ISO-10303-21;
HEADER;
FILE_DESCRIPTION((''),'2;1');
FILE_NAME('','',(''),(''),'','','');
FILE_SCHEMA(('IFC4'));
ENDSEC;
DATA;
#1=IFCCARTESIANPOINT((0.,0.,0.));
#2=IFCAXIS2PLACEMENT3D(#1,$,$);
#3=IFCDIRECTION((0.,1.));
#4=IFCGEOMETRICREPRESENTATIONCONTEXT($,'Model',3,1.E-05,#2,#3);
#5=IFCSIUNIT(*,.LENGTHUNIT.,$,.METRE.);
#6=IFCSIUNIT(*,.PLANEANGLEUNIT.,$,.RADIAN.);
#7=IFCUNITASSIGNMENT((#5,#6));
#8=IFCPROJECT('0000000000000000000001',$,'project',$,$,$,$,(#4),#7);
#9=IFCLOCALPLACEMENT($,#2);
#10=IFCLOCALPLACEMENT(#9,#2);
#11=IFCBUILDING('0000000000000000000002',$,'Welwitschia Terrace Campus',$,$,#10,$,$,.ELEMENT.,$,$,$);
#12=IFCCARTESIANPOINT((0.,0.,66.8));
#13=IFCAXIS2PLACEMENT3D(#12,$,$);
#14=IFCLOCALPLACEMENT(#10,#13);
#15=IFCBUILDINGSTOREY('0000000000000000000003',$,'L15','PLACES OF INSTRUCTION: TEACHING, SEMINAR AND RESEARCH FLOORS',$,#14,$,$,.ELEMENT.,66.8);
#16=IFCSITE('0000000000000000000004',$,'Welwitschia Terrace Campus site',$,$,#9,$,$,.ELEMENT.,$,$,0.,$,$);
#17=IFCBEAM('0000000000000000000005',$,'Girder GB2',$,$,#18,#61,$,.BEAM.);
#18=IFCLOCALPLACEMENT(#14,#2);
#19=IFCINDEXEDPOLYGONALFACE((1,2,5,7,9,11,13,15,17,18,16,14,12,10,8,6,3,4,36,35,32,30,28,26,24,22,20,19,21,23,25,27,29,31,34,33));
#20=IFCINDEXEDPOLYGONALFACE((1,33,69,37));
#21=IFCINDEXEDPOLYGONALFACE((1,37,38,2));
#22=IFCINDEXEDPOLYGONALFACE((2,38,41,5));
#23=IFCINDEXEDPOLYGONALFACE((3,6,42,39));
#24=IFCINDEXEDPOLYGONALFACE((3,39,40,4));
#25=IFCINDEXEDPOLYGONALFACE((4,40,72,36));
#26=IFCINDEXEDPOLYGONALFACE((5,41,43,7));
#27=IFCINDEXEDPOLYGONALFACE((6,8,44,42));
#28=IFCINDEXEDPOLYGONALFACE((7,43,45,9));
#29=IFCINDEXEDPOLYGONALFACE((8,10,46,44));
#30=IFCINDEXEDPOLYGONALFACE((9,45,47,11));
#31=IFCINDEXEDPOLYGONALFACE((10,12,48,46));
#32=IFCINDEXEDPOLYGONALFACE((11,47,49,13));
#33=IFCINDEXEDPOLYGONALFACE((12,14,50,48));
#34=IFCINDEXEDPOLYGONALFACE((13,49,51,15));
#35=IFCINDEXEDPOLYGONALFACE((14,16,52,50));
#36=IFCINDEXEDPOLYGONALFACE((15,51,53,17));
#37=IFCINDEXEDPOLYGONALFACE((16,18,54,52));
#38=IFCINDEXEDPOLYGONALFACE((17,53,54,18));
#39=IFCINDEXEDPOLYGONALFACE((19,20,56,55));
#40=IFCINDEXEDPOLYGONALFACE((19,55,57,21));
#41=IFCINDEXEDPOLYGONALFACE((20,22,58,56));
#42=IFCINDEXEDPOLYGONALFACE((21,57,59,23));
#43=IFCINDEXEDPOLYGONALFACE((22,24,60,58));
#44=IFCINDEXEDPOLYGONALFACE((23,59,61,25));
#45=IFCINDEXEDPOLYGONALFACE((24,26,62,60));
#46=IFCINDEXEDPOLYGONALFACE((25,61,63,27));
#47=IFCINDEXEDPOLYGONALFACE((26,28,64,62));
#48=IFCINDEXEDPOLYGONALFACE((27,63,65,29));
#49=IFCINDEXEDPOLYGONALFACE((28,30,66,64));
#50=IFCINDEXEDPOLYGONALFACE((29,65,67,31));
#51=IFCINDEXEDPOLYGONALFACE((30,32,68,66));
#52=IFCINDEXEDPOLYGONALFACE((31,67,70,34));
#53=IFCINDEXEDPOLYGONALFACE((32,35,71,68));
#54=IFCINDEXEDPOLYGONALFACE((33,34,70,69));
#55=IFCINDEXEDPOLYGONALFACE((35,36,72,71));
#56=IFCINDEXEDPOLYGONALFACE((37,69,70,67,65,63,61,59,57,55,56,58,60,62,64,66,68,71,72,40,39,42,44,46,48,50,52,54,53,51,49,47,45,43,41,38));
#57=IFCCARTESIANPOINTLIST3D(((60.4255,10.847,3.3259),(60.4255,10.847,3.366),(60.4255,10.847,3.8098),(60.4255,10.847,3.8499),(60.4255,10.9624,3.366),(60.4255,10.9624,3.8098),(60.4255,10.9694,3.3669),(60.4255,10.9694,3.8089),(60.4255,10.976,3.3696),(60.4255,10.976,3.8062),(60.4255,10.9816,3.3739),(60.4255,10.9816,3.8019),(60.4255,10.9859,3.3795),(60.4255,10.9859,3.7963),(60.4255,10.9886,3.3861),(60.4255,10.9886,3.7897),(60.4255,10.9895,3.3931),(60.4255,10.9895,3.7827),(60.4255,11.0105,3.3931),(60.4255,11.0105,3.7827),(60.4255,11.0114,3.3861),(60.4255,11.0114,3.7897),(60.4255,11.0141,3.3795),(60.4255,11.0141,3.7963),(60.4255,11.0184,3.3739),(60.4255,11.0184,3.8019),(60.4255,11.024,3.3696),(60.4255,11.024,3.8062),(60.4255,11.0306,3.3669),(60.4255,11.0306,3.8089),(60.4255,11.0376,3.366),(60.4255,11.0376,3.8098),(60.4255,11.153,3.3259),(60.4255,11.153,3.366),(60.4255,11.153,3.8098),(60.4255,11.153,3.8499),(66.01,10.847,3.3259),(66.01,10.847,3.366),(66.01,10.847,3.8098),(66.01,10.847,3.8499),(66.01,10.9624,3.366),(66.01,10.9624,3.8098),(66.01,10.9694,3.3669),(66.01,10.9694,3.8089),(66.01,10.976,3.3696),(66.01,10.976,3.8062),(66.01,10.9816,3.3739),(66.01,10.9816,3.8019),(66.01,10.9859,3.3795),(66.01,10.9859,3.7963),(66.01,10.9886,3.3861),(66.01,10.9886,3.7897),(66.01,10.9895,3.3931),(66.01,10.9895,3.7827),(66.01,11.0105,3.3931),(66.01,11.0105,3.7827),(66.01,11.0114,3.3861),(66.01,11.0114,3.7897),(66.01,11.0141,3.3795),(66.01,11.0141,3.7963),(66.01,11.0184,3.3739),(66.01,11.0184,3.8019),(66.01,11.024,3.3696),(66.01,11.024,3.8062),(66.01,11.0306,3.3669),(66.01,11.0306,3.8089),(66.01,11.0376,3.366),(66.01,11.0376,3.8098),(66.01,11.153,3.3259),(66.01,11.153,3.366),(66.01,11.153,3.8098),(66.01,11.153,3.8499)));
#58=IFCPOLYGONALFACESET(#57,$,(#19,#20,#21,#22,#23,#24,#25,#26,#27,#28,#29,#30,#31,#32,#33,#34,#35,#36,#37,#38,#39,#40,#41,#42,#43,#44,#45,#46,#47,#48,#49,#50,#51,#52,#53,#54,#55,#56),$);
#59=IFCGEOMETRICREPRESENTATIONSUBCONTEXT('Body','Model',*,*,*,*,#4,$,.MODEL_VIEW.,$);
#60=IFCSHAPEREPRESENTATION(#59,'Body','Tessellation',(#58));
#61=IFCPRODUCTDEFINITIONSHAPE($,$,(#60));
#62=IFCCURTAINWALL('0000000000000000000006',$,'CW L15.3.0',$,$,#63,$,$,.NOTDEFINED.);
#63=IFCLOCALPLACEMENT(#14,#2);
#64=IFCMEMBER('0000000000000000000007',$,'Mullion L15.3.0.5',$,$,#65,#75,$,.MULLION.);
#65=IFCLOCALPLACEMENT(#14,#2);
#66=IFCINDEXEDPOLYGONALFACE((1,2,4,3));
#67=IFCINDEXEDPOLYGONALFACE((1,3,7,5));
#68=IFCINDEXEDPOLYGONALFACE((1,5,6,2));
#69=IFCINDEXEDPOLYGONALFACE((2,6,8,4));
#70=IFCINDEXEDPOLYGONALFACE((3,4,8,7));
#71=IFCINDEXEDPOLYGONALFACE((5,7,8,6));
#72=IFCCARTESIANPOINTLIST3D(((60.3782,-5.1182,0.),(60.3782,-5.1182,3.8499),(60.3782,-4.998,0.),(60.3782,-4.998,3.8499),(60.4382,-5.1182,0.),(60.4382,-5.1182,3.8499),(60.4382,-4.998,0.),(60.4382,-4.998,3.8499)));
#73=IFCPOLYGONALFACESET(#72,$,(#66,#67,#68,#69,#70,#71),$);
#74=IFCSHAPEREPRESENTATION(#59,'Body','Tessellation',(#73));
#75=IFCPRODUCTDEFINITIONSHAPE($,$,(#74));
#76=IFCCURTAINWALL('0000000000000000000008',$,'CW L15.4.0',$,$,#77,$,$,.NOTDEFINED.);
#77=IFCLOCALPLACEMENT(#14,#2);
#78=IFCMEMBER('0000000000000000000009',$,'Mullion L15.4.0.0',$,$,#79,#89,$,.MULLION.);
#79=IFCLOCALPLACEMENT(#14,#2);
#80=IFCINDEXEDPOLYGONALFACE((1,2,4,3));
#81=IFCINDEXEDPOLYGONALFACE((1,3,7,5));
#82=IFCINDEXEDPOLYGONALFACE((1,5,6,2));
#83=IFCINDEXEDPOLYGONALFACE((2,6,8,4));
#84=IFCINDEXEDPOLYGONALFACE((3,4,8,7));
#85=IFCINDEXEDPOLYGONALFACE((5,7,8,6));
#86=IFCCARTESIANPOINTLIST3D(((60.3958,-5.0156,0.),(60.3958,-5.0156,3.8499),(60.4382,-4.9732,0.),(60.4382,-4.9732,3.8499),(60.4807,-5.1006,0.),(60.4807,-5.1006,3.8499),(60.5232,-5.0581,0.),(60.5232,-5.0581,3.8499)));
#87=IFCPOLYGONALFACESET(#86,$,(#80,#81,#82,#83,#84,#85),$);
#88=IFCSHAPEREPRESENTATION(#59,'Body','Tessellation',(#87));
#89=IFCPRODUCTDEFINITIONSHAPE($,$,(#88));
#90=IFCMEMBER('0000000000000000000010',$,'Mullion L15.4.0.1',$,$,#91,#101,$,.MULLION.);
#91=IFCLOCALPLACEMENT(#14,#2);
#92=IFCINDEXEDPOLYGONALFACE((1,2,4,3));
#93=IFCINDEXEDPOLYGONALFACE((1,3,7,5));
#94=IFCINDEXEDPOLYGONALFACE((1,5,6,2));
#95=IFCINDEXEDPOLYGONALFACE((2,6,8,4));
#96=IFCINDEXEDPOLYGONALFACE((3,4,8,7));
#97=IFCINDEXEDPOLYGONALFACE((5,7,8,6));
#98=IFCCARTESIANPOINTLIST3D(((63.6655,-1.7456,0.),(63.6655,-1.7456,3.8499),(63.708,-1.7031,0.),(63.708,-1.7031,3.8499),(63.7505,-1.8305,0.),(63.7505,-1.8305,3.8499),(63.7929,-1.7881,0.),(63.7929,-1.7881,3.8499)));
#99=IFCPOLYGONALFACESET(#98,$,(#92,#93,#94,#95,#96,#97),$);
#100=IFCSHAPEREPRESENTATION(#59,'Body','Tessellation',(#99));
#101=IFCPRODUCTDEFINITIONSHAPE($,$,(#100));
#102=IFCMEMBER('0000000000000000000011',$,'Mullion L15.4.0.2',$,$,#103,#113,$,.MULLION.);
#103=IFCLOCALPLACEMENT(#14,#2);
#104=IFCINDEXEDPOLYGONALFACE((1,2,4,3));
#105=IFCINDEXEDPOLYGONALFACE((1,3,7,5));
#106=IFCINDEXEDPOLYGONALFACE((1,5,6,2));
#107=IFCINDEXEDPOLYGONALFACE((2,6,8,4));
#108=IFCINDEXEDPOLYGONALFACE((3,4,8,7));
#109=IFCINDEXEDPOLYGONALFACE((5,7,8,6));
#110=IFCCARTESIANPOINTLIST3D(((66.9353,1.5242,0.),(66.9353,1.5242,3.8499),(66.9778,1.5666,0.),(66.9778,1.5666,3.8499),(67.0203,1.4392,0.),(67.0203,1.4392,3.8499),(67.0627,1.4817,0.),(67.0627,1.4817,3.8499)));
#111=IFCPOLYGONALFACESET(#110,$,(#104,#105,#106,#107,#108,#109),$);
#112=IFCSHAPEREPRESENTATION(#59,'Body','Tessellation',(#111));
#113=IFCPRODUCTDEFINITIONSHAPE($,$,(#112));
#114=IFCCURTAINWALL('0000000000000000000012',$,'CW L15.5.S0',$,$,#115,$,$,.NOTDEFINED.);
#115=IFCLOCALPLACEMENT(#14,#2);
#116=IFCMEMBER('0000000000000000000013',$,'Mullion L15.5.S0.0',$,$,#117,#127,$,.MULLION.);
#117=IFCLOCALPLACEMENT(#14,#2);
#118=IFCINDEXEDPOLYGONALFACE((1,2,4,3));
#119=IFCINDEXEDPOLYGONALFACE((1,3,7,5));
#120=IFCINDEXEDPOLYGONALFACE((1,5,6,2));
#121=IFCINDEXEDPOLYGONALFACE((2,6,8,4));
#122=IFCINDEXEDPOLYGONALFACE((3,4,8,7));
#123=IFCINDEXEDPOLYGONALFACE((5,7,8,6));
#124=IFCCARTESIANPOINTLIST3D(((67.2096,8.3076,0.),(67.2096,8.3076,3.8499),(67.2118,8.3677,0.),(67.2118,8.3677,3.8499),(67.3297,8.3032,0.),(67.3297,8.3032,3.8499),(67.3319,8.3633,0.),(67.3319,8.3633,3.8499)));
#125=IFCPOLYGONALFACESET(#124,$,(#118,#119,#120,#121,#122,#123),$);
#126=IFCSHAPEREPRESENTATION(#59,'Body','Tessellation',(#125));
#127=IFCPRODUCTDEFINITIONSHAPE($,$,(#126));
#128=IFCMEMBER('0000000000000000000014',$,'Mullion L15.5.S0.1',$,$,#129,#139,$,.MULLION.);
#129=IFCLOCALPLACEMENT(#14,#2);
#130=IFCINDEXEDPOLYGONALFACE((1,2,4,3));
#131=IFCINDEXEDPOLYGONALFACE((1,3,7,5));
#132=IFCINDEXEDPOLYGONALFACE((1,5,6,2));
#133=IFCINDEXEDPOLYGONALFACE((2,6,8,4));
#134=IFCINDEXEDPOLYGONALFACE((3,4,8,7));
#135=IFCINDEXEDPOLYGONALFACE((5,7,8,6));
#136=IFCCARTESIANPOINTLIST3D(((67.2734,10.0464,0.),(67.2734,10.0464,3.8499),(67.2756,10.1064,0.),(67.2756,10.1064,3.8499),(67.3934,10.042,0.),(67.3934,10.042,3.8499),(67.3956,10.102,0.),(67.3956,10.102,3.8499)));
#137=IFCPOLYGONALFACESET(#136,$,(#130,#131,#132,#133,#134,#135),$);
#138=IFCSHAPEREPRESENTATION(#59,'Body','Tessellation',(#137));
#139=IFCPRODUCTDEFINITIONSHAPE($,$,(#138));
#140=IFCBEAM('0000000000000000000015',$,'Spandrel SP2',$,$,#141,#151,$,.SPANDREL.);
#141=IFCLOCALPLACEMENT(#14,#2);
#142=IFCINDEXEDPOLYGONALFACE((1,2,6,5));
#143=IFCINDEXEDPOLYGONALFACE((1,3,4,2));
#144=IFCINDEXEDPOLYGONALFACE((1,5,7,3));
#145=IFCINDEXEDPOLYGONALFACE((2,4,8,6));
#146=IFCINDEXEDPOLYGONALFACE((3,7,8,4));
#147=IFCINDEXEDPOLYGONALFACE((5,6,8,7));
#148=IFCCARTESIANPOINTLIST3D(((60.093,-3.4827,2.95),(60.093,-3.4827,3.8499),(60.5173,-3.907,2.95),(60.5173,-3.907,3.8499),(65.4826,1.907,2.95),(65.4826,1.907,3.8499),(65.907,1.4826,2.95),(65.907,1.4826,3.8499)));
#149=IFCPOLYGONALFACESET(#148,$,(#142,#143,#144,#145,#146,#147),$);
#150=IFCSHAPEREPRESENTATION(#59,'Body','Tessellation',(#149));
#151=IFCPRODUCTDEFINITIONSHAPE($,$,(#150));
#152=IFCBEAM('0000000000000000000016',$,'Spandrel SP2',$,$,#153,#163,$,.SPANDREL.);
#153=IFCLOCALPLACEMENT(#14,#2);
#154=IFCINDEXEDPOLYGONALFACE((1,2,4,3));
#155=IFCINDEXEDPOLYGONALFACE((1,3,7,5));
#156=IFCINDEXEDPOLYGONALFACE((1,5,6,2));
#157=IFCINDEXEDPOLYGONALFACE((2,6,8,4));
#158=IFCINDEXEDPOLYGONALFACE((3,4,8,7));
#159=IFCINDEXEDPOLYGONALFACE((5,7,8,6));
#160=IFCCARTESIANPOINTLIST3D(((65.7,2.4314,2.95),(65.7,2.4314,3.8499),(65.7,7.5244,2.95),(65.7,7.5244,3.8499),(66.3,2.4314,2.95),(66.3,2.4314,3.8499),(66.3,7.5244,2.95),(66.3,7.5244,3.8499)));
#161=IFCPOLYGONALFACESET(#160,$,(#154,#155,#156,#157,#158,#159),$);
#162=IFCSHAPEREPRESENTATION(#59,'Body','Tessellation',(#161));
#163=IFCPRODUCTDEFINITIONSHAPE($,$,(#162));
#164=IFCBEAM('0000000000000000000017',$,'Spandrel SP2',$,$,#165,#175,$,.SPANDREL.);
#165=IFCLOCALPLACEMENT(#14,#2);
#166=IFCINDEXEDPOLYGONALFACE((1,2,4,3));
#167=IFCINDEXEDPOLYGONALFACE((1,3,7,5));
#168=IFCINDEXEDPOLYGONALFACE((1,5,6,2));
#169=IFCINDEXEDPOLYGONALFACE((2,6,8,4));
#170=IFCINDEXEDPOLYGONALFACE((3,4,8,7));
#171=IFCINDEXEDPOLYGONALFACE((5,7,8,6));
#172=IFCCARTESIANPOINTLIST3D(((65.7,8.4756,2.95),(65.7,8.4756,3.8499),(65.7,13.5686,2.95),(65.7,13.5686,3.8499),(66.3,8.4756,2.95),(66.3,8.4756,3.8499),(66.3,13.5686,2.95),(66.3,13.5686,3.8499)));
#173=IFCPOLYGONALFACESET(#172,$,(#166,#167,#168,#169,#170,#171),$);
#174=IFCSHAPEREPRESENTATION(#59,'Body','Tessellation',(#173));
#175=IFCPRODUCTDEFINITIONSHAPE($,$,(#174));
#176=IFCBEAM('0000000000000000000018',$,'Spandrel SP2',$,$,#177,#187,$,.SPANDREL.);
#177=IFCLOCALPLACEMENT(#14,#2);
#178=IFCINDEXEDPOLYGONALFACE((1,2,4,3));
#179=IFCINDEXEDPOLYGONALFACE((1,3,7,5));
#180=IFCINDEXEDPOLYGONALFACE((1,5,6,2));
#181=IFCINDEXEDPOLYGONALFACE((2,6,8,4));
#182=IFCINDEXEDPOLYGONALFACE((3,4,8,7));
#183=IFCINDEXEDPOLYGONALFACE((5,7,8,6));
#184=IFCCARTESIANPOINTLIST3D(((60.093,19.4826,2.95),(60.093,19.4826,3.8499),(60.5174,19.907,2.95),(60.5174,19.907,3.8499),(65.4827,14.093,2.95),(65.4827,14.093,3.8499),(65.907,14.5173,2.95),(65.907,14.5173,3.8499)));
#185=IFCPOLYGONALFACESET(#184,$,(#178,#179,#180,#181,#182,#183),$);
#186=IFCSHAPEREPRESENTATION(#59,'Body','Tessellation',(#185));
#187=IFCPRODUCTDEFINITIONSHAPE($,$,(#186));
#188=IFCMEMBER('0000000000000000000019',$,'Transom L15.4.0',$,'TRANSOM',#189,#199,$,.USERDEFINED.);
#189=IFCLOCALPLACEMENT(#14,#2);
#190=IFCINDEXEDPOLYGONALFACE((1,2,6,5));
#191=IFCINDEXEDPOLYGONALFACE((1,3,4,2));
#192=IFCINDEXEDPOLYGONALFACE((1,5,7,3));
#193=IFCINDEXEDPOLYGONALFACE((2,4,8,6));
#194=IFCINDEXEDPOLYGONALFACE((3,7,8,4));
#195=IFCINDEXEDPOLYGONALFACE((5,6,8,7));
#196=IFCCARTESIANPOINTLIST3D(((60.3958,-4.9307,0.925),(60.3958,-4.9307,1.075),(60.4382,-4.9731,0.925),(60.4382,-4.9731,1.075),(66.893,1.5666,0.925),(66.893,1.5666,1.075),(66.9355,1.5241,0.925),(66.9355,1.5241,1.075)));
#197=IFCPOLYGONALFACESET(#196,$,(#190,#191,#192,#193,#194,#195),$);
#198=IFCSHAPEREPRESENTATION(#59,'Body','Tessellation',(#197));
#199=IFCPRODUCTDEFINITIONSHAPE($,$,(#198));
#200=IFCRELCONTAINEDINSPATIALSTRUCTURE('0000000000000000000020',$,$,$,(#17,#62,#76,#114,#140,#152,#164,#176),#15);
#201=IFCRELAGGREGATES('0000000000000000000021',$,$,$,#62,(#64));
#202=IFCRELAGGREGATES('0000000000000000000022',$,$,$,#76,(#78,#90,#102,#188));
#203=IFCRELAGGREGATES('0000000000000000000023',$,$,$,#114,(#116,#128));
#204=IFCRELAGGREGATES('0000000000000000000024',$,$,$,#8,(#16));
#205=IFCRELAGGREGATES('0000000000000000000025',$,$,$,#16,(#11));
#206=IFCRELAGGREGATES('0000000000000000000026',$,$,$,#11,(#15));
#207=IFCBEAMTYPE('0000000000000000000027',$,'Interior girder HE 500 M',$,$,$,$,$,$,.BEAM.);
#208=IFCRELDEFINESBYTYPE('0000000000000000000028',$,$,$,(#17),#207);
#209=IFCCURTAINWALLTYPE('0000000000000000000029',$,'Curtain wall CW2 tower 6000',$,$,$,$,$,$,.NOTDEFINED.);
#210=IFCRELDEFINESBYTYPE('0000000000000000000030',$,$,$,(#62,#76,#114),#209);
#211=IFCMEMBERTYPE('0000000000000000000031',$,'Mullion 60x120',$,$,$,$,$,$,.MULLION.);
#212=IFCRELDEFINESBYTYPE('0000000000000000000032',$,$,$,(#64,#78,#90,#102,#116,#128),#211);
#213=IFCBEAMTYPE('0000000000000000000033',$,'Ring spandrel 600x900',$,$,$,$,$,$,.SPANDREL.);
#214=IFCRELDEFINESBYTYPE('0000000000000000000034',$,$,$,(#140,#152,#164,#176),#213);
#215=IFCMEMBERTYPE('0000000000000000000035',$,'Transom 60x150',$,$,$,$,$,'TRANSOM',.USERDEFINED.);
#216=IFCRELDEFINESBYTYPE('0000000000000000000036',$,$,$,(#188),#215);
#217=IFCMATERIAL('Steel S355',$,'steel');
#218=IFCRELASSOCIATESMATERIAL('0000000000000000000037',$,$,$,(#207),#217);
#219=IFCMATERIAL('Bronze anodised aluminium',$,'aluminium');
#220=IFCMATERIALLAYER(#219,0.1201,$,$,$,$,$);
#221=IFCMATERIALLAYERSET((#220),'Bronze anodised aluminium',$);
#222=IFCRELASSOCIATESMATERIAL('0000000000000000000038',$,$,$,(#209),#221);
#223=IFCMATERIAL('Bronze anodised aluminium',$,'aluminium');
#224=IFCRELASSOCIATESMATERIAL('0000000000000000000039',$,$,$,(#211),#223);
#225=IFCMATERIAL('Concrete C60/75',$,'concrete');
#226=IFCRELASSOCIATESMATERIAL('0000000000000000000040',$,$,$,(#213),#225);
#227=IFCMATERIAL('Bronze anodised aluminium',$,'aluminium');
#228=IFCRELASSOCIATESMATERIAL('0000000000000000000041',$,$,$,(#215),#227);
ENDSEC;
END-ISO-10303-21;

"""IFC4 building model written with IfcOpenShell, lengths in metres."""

from ifc_helpers import new_model, si_unit, direction, frame, origin, origin_2d, place, context, subcontext, project, spatial, rectangle, i_section, extrude, material, layer, layer_set, material_profile, profile_set, type_object, element, aggregate, save


model = new_model("IFC4")

# Units and contexts
model_context = context("Model", 3, precision=1e-05, world=origin(), true_north=direction((0.0, 1.0)))
body_context = subcontext(model_context, "Body", "Model", "MODEL_VIEW")
ifc_project = project(units=[si_unit("LENGTHUNIT", "METRE"), si_unit("PLANEANGLEUNIT", "RADIAN")], contexts=[model_context])

# Site, building, storey
site_placement = place(None, origin())
site = spatial("IfcSite", under=ifc_project, at=site_placement, Name="Welwitschia Terrace Campus site", CompositionType="ELEMENT", RefElevation=0.0)
building_placement = place(site_placement, origin())
building = spatial("IfcBuilding", under=site, at=building_placement, Name="Welwitschia Terrace Campus", CompositionType="ELEMENT")
storey_placement = place(building_placement, frame((0.0, 0.0, 66.8)))
storey = spatial("IfcBuildingStorey", under=building, at=storey_placement, Name="L15", Description="PLACES OF INSTRUCTION: TEACHING, SEMINAR AND RESEARCH FLOORS", CompositionType="ELEMENT", Elevation=66.8)

# Beam
ifc_material_1 = material(Name="Steel S355", Category="steel")
ifc_material_profile_1 = material_profile(ifc_material_1, i_section(OverallWidth=0.3059, OverallDepth=0.5239, WebThickness=0.021, FlangeThickness=0.04, FilletRadius=0.0271, at=origin_2d()))
ifc_profile_set_1 = profile_set([ifc_material_profile_1], Name="Steel S355")
beam_type_1 = type_object("IfcBeamType", Name="Interior girder HE 500 M", PredefinedType="BEAM", material=ifc_profile_set_1)
for number, where, z_axis, x_axis, name in (
    (1, (60.4255, 11.0, 3.5879), (1.0, 0.0, 0.0), (0.0, 1.0, 0.0), "Girder GB2"),
):
    element("IfcBeam", number, at=place(storey_placement, frame(where, z_axis=z_axis, x_axis=x_axis)), inside=storey, type_object=beam_type_1, Name=name, PredefinedType="BEAM", context=body_context, shape_type="SweptSolid", body=[
        extrude(i_section(OverallWidth=0.3059, OverallDepth=0.5239, WebThickness=0.021, FlangeThickness=0.04, FilletRadius=0.0271, at=origin_2d()), origin(), (0.0, 0.0, 1.0), 5.5845),
    ])

# Curtain wall, member
ifc_material_2 = material(Name="Bronze anodised aluminium", Category="aluminium")
ifc_layer_1 = layer(ifc_material_2, 0.1201)
ifc_layer_set_1 = layer_set([ifc_layer_1], Name="Bronze anodised aluminium")
curtain_wall_type = type_object("IfcCurtainWallType", Name="Curtain wall CW2 tower 6000", PredefinedType="NOTDEFINED", material=ifc_layer_set_1)
curtain_wall_1_placement = place(storey_placement, origin())
curtain_wall_1 = element("IfcCurtainWall", 2, at=curtain_wall_1_placement, inside=storey, type_object=curtain_wall_type, Name="CW L15.3.0", PredefinedType="NOTDEFINED")
ifc_material_3 = material(Name="Bronze anodised aluminium", Category="aluminium")
ifc_material_profile_2 = material_profile(ifc_material_3, rectangle(XDim=0.1201, YDim=0.0601, at=origin_2d()))
ifc_profile_set_2 = profile_set([ifc_material_profile_2], Name="Bronze anodised aluminium")
member_type_1 = type_object("IfcMemberType", Name="Mullion 60x120", PredefinedType="MULLION", material=ifc_profile_set_2)
member_1_placement = place(storey_placement, frame((60.4082, -5.0581, 0.0), z_axis=(0.0, 0.0, 1.0), x_axis=(0.0, 1.0, 0.0)))
member_1 = element("IfcMember", 3, at=member_1_placement, type_object=member_type_1, Name="Mullion L15.3.0.5", PredefinedType="MULLION", context=body_context, shape_type="SweptSolid", body=[
    extrude(rectangle(XDim=0.1201, YDim=0.0601, at=origin_2d()), origin(), (0.0, 0.0, 1.0), 3.8499),
])
aggregate(curtain_wall_1, [member_1])

# Curtain walls, members
curtain_wall_2_placement = place(storey_placement, origin())
curtain_wall_2 = element("IfcCurtainWall", 4, at=curtain_wall_2_placement, inside=storey, type_object=curtain_wall_type, Name="CW L15.4.0", PredefinedType="NOTDEFINED")
member_2_placement = place(storey_placement, frame((60.4595, -5.0369, 0.0), z_axis=(0.0, 0.0, 1.0), x_axis=(-0.707107, 0.707107, 0.0)))
member_2 = element("IfcMember", 5, at=member_2_placement, type_object=member_type_1, Name="Mullion L15.4.0.0", PredefinedType="MULLION", context=body_context, shape_type="SweptSolid", body=[
    extrude(rectangle(XDim=0.1201, YDim=0.0601, at=origin_2d()), origin(), (0.0, 0.0, 1.0), 3.8499),
])
member_3_placement = place(storey_placement, frame((63.7292, -1.7668, 0.0), z_axis=(0.0, 0.0, 1.0), x_axis=(-0.707107, 0.707107, 0.0)))
member_3 = element("IfcMember", 6, at=member_3_placement, type_object=member_type_1, Name="Mullion L15.4.0.1", PredefinedType="MULLION", context=body_context, shape_type="SweptSolid", body=[
    extrude(rectangle(XDim=0.1201, YDim=0.0601, at=origin_2d()), origin(), (0.0, 0.0, 1.0), 3.8499),
])
member_4_placement = place(storey_placement, frame((66.999, 1.5029, 0.0), z_axis=(0.0, 0.0, 1.0), x_axis=(-0.707107, 0.707107, 0.0)))
member_4 = element("IfcMember", 7, at=member_4_placement, type_object=member_type_1, Name="Mullion L15.4.0.2", PredefinedType="MULLION", context=body_context, shape_type="SweptSolid", body=[
    extrude(rectangle(XDim=0.1201, YDim=0.0601, at=origin_2d()), origin(), (0.0, 0.0, 1.0), 3.8499),
])
curtain_wall_3_placement = place(storey_placement, origin())
curtain_wall_3 = element("IfcCurtainWall", 8, at=curtain_wall_3_placement, inside=storey, type_object=curtain_wall_type, Name="CW L15.5.S0", PredefinedType="NOTDEFINED")
member_5_placement = place(storey_placement, frame((67.2708, 8.3354, 0.0), z_axis=(0.0, 0.0, 1.0), x_axis=(-0.999325, 0.036729, 0.0)))
member_5 = element("IfcMember", 9, at=member_5_placement, type_object=member_type_1, Name="Mullion L15.5.S0.0", PredefinedType="MULLION", context=body_context, shape_type="SweptSolid", body=[
    extrude(rectangle(XDim=0.1201, YDim=0.0601, at=origin_2d()), origin(), (0.0, 0.0, 1.0), 3.8499),
])
member_6_placement = place(storey_placement, frame((67.3345, 10.0742, 0.0), z_axis=(0.0, 0.0, 1.0), x_axis=(-0.999325, 0.036729, 0.0)))
member_6 = element("IfcMember", 10, at=member_6_placement, type_object=member_type_1, Name="Mullion L15.5.S0.1", PredefinedType="MULLION", context=body_context, shape_type="SweptSolid", body=[
    extrude(rectangle(XDim=0.1201, YDim=0.0601, at=origin_2d()), origin(), (0.0, 0.0, 1.0), 3.8499),
])

# Beams
ifc_material_4 = material(Name="Concrete C60/75", Category="concrete")
ifc_material_profile_3 = material_profile(ifc_material_4, rectangle(XDim=0.6001, YDim=0.8999, at=origin_2d()))
ifc_profile_set_3 = profile_set([ifc_material_profile_3], Name="Concrete C60/75")
beam_type_2 = type_object("IfcBeamType", Name="Ring spandrel 600x900", PredefinedType="SPANDREL", material=ifc_profile_set_3)
beam_1_placement = place(storey_placement, frame((60.3052, -3.6948, 3.3999), z_axis=(0.707107, 0.707107, 0.0), x_axis=(-0.707107, 0.707107, 0.0)))
element("IfcBeam", 11, at=beam_1_placement, inside=storey, type_object=beam_type_2, Name="Spandrel SP2", PredefinedType="SPANDREL", context=body_context, shape_type="SweptSolid", body=[
    extrude(rectangle(XDim=0.6001, YDim=0.8999, at=origin_2d()), origin(), (0.0, 0.0, 1.0), 7.6221),
])
for number, where, z_axis, x_axis, name in (
    (12, (66.0, 2.4314, 3.3999), (0.0, 1.0, 0.0), (-1.0, 0.0, 0.0), "Spandrel SP2"),
    (13, (66.0, 8.4756, 3.3999), (0.0, 1.0, 0.0), (-1.0, 0.0, 0.0), "Spandrel SP2"),
):
    element("IfcBeam", number, at=place(storey_placement, frame(where, z_axis=z_axis, x_axis=x_axis)), inside=storey, type_object=beam_type_2, Name=name, PredefinedType="SPANDREL", context=body_context, shape_type="SweptSolid", body=[
        extrude(rectangle(XDim=0.6001, YDim=0.8999, at=origin_2d()), origin(), (0.0, 0.0, 1.0), 5.093),
    ])
beam_2_placement = place(storey_placement, frame((65.6948, 14.3052, 3.3999), z_axis=(-0.707107, 0.707107, 0.0), x_axis=(-0.707107, -0.707107, 0.0)))
element("IfcBeam", 14, at=beam_2_placement, inside=storey, type_object=beam_type_2, Name="Spandrel SP2", PredefinedType="SPANDREL", context=body_context, shape_type="SweptSolid", body=[
    extrude(rectangle(XDim=0.6001, YDim=0.8999, at=origin_2d()), origin(), (0.0, 0.0, 1.0), 7.6221),
])

# Member
ifc_material_5 = material(Name="Bronze anodised aluminium", Category="aluminium")
ifc_material_profile_4 = material_profile(ifc_material_5, rectangle(XDim=0.0601, YDim=0.1499, at=origin_2d()))
ifc_profile_set_4 = profile_set([ifc_material_profile_4], Name="Bronze anodised aluminium")
member_type_2 = type_object("IfcMemberType", Name="Transom 60x150", ElementType="TRANSOM", PredefinedType="USERDEFINED", material=ifc_profile_set_4)
member_7_placement = place(storey_placement, frame((60.417, -4.9519, 1.0), z_axis=(0.707107, 0.707107, 0.0), x_axis=(-0.707107, 0.707107, 0.0)))
member_7 = element("IfcMember", 15, at=member_7_placement, type_object=member_type_2, Name="Transom L15.4.0", ObjectType="TRANSOM", PredefinedType="USERDEFINED", context=body_context, shape_type="SweptSolid", body=[
    extrude(rectangle(XDim=0.0601, YDim=0.1499, at=origin_2d()), origin(), (0.0, 0.0, 1.0), 9.1885),
])

aggregate(curtain_wall_2, [member_2, member_3, member_4, member_7])
aggregate(curtain_wall_3, [member_5, member_6])

save(model, "model.ifc")
